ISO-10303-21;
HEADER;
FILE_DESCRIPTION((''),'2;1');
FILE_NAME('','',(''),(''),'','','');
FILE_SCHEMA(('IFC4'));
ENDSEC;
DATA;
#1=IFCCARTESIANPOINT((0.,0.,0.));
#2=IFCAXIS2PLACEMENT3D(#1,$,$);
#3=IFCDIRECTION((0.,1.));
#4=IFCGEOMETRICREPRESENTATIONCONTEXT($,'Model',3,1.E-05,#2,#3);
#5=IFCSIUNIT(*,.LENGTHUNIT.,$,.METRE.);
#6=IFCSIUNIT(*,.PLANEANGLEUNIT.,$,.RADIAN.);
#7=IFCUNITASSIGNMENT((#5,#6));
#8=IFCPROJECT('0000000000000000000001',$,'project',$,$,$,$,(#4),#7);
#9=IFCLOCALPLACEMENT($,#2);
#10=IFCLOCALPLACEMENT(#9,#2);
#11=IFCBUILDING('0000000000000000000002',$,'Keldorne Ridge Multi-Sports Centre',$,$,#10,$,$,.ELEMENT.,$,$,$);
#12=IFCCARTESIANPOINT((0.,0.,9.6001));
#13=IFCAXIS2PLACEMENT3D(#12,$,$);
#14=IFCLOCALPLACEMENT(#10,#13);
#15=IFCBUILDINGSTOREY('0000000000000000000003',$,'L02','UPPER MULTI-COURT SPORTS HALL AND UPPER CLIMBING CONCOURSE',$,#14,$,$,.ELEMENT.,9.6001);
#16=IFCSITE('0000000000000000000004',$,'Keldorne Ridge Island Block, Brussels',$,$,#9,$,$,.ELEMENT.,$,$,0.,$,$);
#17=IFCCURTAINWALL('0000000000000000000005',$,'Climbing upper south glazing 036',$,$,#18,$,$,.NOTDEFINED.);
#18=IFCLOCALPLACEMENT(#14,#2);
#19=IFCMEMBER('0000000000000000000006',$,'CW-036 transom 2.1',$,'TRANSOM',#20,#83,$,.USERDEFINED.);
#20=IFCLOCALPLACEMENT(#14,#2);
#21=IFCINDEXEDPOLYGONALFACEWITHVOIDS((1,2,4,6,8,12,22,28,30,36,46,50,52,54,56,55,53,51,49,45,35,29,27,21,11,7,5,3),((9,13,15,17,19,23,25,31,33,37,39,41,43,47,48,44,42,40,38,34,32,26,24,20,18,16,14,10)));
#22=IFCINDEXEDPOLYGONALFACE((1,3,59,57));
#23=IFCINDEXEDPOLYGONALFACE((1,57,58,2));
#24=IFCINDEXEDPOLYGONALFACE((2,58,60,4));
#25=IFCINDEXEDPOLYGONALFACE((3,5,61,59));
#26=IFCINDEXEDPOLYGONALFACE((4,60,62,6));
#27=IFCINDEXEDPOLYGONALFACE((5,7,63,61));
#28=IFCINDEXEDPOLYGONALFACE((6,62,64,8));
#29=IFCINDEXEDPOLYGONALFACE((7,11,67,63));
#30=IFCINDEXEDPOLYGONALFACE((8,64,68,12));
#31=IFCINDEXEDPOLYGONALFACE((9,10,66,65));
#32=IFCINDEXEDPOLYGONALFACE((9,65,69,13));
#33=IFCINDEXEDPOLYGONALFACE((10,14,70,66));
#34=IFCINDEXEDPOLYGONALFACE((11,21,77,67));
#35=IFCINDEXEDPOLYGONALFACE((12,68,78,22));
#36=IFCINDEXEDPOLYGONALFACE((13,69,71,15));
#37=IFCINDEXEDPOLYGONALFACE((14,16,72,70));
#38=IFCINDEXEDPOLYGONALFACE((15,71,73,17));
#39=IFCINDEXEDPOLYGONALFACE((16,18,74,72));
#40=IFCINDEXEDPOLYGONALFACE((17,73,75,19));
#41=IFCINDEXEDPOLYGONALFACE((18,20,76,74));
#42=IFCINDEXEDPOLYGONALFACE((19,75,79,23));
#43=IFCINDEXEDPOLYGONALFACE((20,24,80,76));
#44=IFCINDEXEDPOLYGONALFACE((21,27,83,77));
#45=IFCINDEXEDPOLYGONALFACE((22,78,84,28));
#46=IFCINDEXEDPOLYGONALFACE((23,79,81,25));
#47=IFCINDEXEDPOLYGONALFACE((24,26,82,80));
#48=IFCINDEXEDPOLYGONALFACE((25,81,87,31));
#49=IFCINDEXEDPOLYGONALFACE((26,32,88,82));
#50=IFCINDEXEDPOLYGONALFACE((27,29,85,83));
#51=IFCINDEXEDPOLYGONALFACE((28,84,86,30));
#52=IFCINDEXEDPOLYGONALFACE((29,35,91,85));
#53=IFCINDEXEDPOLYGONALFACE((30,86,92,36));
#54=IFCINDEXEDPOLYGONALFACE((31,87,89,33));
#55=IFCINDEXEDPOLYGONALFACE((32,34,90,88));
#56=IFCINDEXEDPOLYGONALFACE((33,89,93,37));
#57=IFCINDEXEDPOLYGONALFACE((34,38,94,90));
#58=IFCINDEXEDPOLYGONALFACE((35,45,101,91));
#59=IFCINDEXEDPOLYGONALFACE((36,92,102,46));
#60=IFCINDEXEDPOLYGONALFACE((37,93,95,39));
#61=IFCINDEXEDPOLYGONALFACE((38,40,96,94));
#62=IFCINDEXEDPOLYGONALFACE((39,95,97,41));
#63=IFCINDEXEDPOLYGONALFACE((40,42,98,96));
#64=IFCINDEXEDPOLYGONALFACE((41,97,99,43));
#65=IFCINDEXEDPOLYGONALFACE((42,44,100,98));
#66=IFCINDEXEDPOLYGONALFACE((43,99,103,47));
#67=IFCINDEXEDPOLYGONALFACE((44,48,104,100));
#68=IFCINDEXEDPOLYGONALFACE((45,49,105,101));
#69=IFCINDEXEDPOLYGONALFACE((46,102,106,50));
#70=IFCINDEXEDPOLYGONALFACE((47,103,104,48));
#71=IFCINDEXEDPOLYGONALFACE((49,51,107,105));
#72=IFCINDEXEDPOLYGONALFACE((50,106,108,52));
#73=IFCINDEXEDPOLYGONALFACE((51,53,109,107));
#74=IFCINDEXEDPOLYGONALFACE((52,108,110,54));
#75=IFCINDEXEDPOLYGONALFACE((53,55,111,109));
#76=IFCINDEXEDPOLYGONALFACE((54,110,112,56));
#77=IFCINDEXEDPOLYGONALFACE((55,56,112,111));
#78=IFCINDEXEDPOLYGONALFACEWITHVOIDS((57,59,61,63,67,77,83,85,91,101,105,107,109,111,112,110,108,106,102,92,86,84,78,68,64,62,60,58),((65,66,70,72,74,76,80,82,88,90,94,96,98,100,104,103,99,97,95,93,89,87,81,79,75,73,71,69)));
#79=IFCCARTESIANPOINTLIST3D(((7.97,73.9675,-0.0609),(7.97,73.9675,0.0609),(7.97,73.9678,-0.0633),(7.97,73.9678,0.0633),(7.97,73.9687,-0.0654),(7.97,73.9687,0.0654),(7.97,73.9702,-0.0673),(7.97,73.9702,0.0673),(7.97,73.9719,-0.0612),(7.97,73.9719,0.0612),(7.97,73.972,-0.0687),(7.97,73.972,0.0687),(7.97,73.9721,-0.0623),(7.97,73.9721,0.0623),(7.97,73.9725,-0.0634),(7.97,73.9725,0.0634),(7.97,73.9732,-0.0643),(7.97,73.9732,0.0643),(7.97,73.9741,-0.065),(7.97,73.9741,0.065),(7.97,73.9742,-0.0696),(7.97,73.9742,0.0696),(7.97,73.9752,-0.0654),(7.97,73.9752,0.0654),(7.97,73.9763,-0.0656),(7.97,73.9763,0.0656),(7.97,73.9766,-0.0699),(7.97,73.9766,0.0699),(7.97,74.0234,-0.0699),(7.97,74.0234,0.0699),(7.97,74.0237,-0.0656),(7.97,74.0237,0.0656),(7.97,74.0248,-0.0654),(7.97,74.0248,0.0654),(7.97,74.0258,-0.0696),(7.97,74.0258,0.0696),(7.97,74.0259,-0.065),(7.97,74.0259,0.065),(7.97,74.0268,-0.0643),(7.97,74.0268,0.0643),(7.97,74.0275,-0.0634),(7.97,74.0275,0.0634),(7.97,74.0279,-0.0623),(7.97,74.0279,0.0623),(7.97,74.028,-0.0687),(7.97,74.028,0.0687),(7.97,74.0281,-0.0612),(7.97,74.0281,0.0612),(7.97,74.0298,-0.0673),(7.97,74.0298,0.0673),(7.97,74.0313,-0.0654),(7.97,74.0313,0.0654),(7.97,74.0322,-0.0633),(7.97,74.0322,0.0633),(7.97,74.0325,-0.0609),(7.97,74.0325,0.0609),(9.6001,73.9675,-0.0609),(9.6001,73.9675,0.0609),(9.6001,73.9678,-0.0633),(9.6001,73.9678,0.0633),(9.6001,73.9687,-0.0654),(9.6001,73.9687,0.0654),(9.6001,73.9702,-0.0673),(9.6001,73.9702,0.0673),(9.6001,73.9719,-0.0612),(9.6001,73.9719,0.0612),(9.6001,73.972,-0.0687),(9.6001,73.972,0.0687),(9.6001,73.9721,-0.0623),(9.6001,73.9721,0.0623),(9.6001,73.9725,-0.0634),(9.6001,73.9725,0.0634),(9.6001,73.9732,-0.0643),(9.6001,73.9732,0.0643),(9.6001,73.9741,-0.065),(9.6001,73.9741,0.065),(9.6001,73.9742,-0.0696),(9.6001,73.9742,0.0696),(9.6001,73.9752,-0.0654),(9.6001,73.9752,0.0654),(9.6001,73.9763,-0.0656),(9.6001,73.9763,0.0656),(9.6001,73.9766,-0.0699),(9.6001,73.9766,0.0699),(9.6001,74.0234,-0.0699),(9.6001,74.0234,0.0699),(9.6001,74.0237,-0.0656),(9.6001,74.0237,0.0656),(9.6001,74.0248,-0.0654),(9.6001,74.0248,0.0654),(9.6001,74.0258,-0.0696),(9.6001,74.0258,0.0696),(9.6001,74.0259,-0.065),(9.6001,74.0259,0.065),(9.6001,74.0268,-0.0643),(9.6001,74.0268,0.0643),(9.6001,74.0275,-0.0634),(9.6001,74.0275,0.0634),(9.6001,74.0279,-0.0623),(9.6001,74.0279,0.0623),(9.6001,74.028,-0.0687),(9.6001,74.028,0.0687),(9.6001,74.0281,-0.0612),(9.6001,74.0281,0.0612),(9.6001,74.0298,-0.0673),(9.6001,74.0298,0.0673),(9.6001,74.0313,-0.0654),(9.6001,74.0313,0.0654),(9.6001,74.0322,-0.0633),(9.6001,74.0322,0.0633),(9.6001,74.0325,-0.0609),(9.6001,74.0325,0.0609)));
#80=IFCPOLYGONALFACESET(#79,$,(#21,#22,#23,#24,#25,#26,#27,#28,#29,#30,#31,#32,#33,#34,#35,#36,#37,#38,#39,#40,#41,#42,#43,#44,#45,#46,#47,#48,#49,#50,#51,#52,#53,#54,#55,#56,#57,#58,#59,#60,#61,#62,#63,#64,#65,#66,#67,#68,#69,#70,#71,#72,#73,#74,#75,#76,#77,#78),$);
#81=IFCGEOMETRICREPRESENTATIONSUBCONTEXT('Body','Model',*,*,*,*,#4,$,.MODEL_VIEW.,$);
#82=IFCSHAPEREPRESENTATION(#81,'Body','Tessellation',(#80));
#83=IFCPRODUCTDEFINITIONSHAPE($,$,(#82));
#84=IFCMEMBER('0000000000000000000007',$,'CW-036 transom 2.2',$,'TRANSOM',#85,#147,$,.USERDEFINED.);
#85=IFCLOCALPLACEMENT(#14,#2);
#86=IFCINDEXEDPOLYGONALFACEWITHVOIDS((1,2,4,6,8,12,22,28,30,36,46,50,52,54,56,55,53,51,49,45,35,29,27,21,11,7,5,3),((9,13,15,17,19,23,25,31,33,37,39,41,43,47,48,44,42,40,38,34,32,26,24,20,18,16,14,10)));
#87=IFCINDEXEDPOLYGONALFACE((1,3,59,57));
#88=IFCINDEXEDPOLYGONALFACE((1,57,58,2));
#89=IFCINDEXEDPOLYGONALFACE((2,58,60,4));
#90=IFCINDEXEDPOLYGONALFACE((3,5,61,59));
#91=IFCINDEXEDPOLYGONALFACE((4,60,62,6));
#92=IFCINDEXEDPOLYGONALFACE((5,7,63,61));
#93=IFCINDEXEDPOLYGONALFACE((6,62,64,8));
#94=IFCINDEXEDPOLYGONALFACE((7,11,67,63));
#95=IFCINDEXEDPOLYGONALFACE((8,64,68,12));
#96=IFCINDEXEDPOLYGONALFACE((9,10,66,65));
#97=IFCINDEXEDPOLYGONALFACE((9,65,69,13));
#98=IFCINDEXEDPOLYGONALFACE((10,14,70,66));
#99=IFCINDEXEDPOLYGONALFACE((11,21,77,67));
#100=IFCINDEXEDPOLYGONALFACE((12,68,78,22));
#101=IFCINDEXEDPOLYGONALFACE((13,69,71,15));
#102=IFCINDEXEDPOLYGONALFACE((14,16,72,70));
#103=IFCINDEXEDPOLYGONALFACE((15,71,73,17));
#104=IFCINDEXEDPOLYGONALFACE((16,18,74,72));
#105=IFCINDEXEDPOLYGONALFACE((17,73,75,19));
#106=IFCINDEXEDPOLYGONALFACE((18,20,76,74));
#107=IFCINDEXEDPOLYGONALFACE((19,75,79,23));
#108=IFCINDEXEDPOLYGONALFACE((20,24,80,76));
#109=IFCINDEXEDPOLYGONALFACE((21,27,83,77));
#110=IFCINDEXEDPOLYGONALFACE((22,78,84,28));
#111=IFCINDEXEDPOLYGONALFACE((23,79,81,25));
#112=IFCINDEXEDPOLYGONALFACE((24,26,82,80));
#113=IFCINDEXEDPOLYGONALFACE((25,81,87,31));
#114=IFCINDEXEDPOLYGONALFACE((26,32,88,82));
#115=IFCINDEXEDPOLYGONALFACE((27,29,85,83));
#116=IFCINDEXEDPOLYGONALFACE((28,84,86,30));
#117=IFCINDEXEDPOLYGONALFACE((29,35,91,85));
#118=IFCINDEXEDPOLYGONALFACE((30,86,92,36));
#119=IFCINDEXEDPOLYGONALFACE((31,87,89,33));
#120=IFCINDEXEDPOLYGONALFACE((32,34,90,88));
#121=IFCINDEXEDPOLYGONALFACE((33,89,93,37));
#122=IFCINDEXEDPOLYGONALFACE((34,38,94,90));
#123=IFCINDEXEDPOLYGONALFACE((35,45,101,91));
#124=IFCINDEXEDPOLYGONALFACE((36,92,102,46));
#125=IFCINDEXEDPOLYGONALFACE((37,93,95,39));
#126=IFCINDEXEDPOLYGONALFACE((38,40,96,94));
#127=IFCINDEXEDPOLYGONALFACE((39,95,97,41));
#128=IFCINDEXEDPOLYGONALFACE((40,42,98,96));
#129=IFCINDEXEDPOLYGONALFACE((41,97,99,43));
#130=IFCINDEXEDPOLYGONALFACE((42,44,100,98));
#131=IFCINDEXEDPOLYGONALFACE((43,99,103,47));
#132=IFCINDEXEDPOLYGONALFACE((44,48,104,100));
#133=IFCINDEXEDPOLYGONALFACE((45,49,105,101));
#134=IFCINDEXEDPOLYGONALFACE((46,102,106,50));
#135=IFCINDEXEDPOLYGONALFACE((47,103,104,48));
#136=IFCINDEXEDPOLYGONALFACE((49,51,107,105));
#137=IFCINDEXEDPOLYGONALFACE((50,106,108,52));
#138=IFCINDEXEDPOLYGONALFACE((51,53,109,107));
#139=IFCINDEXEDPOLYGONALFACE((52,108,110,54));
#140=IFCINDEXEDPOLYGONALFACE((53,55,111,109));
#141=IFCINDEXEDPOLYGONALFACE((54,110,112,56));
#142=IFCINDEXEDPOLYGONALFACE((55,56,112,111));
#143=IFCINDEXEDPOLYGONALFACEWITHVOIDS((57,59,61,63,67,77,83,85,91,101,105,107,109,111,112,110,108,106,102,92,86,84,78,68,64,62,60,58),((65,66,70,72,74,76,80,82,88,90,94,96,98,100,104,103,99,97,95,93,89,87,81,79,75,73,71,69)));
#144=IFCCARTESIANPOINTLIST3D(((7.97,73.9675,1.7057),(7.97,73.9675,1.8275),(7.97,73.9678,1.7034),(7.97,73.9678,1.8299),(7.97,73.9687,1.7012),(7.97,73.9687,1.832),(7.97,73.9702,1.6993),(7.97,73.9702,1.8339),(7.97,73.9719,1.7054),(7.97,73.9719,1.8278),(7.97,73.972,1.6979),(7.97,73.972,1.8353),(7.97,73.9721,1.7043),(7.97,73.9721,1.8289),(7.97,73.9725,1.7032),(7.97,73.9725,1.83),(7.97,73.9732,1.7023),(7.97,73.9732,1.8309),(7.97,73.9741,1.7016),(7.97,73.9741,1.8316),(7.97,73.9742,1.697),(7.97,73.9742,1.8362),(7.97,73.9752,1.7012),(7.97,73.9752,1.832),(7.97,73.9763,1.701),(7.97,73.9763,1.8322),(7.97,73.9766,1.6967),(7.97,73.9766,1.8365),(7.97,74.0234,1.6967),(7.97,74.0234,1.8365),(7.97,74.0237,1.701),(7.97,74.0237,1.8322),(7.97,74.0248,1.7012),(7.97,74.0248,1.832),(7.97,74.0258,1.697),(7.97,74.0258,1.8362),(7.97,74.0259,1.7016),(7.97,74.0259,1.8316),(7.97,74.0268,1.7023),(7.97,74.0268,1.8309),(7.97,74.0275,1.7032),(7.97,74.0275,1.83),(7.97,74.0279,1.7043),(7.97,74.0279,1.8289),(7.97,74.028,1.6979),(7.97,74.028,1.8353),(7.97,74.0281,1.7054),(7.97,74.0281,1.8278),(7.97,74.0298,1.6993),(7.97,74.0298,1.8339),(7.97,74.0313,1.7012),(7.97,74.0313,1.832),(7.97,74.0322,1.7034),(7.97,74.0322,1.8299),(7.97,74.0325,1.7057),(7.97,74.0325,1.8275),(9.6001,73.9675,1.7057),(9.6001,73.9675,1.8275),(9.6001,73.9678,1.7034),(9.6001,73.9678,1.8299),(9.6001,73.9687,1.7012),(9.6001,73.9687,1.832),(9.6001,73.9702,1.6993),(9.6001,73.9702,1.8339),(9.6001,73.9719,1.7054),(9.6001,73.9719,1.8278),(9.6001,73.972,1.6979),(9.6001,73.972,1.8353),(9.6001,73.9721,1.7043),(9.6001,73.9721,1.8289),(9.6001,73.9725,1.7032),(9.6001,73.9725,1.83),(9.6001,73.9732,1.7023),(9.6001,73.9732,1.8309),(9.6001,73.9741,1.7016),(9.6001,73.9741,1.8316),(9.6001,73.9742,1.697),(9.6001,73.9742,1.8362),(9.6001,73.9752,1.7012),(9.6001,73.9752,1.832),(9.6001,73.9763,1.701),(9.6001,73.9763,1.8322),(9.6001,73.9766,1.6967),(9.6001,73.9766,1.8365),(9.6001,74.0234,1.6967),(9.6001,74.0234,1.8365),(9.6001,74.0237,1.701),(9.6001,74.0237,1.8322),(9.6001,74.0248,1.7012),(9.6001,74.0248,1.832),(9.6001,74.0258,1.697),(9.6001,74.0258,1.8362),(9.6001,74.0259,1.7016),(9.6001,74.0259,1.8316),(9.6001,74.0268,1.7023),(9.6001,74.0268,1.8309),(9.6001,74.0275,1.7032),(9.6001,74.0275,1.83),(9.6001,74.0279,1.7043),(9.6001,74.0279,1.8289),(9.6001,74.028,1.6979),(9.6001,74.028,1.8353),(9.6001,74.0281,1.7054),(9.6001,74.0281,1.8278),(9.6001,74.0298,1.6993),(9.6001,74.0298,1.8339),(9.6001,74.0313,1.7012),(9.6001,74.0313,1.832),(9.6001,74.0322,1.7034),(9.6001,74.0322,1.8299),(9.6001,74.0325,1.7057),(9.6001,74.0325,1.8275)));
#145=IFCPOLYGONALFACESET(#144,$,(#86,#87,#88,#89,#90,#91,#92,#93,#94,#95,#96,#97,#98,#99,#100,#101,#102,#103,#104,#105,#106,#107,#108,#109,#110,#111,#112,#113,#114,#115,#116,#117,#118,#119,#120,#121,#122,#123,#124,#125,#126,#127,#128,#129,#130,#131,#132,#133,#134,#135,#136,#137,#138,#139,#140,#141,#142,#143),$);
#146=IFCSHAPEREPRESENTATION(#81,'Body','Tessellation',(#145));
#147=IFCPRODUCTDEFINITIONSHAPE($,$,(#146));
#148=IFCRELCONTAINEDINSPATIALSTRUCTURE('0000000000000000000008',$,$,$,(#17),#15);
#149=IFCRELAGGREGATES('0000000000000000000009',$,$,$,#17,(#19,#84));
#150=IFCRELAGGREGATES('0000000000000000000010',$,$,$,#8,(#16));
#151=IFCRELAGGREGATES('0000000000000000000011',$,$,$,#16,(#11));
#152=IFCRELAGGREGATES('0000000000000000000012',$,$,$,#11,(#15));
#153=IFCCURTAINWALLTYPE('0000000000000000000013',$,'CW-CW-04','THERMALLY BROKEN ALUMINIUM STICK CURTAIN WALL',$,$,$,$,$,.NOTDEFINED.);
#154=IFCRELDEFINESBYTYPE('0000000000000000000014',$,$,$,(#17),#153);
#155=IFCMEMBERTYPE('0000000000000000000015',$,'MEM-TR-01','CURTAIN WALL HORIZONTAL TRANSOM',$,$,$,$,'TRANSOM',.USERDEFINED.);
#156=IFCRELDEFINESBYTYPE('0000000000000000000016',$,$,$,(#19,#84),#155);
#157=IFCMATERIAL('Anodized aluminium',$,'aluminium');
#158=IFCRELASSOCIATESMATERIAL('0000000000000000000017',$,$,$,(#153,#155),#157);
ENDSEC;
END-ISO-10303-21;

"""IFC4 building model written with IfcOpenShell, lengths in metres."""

from ifc_helpers import new_model, si_unit, direction, frame, origin, origin_2d, place, context, subcontext, project, spatial, hollow_rectangle, extrude, material, material_profile, profile_set, type_object, element, aggregate, save


model = new_model("IFC4")

# Units and contexts
model_context = context("Model", 3, precision=1e-05, world=origin(), true_north=direction((0.0, 1.0)))
body_context = subcontext(model_context, "Body", "Model", "MODEL_VIEW")
ifc_project = project(units=[si_unit("LENGTHUNIT", "METRE"), si_unit("PLANEANGLEUNIT", "RADIAN")], contexts=[model_context])

# Site, building, storey
site_placement = place(None, origin())
site = spatial("IfcSite", under=ifc_project, at=site_placement, Name="Keldorne Ridge Island Block, Brussels", CompositionType="ELEMENT", RefElevation=0.0)
building_placement = place(site_placement, origin())
building = spatial("IfcBuilding", under=site, at=building_placement, Name="Keldorne Ridge Multi-Sports Centre", CompositionType="ELEMENT")
storey_placement = place(building_placement, frame((0.0, 0.0, 9.6001)))
storey = spatial("IfcBuildingStorey", under=building, at=storey_placement, Name="L02", Description="UPPER MULTI-COURT SPORTS HALL AND UPPER CLIMBING CONCOURSE", CompositionType="ELEMENT", Elevation=9.6001)

# Curtain wall
ifc_material_1 = material(Name="Anodized aluminium", Category="aluminium")
curtain_wall_type = type_object("IfcCurtainWallType", Name="CW-CW-04", Description="THERMALLY BROKEN ALUMINIUM STICK CURTAIN WALL", PredefinedType="NOTDEFINED", material=ifc_material_1)
curtain_wall_placement = place(storey_placement, origin())
curtain_wall = element("IfcCurtainWall", 1, at=curtain_wall_placement, inside=storey, type_object=curtain_wall_type, Name="Climbing upper south glazing 036", PredefinedType="NOTDEFINED")

# Members
ifc_material_profile_1 = material_profile(ifc_material_1, hollow_rectangle(XDim=0.0649, YDim=0.1399, WallThickness=0.0044, InnerFilletRadius=0.0044, OuterFilletRadius=0.009, at=origin_2d()), Name="ALU TRANSOM 140x65x4.5")
ifc_profile_set_1 = profile_set([ifc_material_profile_1], Name="Anodized aluminium")
member_type_1 = type_object("IfcMemberType", Name="MEM-TR-01", Description="CURTAIN WALL HORIZONTAL TRANSOM", ElementType="TRANSOM", PredefinedType="USERDEFINED", material=ifc_profile_set_1)
member_1_placement = place(storey_placement, frame((7.97, 74.0, 0.0), z_axis=(1.0, 0.0, 0.0), x_axis=(0.0, 1.0, 0.0)))
member_1 = element("IfcMember", 2, at=member_1_placement, type_object=member_type_1, Name="CW-036 transom 2.1", ObjectType="TRANSOM", PredefinedType="USERDEFINED", context=body_context, shape_type="SweptSolid", body=[
    extrude(hollow_rectangle(XDim=0.0649, YDim=0.1399, WallThickness=0.0044, InnerFilletRadius=0.0044, OuterFilletRadius=0.009, at=origin_2d()), origin(), (0.0, 0.0, 1.0), 1.6301),
])
member_2_placement = place(storey_placement, frame((7.97, 74.0, 1.7666), z_axis=(1.0, 0.0, 0.0), x_axis=(0.0, 1.0, 0.0)))
member_2 = element("IfcMember", 3, at=member_2_placement, type_object=member_type_1, Name="CW-036 transom 2.2", ObjectType="TRANSOM", PredefinedType="USERDEFINED", context=body_context, shape_type="SweptSolid", body=[
    extrude(hollow_rectangle(XDim=0.0649, YDim=0.1399, WallThickness=0.0044, InnerFilletRadius=0.0044, OuterFilletRadius=0.009, at=origin_2d()), origin(), (0.0, 0.0, 1.0), 1.6301),
])

aggregate(curtain_wall, [member_1, member_2])

save(model, "model.ifc")
